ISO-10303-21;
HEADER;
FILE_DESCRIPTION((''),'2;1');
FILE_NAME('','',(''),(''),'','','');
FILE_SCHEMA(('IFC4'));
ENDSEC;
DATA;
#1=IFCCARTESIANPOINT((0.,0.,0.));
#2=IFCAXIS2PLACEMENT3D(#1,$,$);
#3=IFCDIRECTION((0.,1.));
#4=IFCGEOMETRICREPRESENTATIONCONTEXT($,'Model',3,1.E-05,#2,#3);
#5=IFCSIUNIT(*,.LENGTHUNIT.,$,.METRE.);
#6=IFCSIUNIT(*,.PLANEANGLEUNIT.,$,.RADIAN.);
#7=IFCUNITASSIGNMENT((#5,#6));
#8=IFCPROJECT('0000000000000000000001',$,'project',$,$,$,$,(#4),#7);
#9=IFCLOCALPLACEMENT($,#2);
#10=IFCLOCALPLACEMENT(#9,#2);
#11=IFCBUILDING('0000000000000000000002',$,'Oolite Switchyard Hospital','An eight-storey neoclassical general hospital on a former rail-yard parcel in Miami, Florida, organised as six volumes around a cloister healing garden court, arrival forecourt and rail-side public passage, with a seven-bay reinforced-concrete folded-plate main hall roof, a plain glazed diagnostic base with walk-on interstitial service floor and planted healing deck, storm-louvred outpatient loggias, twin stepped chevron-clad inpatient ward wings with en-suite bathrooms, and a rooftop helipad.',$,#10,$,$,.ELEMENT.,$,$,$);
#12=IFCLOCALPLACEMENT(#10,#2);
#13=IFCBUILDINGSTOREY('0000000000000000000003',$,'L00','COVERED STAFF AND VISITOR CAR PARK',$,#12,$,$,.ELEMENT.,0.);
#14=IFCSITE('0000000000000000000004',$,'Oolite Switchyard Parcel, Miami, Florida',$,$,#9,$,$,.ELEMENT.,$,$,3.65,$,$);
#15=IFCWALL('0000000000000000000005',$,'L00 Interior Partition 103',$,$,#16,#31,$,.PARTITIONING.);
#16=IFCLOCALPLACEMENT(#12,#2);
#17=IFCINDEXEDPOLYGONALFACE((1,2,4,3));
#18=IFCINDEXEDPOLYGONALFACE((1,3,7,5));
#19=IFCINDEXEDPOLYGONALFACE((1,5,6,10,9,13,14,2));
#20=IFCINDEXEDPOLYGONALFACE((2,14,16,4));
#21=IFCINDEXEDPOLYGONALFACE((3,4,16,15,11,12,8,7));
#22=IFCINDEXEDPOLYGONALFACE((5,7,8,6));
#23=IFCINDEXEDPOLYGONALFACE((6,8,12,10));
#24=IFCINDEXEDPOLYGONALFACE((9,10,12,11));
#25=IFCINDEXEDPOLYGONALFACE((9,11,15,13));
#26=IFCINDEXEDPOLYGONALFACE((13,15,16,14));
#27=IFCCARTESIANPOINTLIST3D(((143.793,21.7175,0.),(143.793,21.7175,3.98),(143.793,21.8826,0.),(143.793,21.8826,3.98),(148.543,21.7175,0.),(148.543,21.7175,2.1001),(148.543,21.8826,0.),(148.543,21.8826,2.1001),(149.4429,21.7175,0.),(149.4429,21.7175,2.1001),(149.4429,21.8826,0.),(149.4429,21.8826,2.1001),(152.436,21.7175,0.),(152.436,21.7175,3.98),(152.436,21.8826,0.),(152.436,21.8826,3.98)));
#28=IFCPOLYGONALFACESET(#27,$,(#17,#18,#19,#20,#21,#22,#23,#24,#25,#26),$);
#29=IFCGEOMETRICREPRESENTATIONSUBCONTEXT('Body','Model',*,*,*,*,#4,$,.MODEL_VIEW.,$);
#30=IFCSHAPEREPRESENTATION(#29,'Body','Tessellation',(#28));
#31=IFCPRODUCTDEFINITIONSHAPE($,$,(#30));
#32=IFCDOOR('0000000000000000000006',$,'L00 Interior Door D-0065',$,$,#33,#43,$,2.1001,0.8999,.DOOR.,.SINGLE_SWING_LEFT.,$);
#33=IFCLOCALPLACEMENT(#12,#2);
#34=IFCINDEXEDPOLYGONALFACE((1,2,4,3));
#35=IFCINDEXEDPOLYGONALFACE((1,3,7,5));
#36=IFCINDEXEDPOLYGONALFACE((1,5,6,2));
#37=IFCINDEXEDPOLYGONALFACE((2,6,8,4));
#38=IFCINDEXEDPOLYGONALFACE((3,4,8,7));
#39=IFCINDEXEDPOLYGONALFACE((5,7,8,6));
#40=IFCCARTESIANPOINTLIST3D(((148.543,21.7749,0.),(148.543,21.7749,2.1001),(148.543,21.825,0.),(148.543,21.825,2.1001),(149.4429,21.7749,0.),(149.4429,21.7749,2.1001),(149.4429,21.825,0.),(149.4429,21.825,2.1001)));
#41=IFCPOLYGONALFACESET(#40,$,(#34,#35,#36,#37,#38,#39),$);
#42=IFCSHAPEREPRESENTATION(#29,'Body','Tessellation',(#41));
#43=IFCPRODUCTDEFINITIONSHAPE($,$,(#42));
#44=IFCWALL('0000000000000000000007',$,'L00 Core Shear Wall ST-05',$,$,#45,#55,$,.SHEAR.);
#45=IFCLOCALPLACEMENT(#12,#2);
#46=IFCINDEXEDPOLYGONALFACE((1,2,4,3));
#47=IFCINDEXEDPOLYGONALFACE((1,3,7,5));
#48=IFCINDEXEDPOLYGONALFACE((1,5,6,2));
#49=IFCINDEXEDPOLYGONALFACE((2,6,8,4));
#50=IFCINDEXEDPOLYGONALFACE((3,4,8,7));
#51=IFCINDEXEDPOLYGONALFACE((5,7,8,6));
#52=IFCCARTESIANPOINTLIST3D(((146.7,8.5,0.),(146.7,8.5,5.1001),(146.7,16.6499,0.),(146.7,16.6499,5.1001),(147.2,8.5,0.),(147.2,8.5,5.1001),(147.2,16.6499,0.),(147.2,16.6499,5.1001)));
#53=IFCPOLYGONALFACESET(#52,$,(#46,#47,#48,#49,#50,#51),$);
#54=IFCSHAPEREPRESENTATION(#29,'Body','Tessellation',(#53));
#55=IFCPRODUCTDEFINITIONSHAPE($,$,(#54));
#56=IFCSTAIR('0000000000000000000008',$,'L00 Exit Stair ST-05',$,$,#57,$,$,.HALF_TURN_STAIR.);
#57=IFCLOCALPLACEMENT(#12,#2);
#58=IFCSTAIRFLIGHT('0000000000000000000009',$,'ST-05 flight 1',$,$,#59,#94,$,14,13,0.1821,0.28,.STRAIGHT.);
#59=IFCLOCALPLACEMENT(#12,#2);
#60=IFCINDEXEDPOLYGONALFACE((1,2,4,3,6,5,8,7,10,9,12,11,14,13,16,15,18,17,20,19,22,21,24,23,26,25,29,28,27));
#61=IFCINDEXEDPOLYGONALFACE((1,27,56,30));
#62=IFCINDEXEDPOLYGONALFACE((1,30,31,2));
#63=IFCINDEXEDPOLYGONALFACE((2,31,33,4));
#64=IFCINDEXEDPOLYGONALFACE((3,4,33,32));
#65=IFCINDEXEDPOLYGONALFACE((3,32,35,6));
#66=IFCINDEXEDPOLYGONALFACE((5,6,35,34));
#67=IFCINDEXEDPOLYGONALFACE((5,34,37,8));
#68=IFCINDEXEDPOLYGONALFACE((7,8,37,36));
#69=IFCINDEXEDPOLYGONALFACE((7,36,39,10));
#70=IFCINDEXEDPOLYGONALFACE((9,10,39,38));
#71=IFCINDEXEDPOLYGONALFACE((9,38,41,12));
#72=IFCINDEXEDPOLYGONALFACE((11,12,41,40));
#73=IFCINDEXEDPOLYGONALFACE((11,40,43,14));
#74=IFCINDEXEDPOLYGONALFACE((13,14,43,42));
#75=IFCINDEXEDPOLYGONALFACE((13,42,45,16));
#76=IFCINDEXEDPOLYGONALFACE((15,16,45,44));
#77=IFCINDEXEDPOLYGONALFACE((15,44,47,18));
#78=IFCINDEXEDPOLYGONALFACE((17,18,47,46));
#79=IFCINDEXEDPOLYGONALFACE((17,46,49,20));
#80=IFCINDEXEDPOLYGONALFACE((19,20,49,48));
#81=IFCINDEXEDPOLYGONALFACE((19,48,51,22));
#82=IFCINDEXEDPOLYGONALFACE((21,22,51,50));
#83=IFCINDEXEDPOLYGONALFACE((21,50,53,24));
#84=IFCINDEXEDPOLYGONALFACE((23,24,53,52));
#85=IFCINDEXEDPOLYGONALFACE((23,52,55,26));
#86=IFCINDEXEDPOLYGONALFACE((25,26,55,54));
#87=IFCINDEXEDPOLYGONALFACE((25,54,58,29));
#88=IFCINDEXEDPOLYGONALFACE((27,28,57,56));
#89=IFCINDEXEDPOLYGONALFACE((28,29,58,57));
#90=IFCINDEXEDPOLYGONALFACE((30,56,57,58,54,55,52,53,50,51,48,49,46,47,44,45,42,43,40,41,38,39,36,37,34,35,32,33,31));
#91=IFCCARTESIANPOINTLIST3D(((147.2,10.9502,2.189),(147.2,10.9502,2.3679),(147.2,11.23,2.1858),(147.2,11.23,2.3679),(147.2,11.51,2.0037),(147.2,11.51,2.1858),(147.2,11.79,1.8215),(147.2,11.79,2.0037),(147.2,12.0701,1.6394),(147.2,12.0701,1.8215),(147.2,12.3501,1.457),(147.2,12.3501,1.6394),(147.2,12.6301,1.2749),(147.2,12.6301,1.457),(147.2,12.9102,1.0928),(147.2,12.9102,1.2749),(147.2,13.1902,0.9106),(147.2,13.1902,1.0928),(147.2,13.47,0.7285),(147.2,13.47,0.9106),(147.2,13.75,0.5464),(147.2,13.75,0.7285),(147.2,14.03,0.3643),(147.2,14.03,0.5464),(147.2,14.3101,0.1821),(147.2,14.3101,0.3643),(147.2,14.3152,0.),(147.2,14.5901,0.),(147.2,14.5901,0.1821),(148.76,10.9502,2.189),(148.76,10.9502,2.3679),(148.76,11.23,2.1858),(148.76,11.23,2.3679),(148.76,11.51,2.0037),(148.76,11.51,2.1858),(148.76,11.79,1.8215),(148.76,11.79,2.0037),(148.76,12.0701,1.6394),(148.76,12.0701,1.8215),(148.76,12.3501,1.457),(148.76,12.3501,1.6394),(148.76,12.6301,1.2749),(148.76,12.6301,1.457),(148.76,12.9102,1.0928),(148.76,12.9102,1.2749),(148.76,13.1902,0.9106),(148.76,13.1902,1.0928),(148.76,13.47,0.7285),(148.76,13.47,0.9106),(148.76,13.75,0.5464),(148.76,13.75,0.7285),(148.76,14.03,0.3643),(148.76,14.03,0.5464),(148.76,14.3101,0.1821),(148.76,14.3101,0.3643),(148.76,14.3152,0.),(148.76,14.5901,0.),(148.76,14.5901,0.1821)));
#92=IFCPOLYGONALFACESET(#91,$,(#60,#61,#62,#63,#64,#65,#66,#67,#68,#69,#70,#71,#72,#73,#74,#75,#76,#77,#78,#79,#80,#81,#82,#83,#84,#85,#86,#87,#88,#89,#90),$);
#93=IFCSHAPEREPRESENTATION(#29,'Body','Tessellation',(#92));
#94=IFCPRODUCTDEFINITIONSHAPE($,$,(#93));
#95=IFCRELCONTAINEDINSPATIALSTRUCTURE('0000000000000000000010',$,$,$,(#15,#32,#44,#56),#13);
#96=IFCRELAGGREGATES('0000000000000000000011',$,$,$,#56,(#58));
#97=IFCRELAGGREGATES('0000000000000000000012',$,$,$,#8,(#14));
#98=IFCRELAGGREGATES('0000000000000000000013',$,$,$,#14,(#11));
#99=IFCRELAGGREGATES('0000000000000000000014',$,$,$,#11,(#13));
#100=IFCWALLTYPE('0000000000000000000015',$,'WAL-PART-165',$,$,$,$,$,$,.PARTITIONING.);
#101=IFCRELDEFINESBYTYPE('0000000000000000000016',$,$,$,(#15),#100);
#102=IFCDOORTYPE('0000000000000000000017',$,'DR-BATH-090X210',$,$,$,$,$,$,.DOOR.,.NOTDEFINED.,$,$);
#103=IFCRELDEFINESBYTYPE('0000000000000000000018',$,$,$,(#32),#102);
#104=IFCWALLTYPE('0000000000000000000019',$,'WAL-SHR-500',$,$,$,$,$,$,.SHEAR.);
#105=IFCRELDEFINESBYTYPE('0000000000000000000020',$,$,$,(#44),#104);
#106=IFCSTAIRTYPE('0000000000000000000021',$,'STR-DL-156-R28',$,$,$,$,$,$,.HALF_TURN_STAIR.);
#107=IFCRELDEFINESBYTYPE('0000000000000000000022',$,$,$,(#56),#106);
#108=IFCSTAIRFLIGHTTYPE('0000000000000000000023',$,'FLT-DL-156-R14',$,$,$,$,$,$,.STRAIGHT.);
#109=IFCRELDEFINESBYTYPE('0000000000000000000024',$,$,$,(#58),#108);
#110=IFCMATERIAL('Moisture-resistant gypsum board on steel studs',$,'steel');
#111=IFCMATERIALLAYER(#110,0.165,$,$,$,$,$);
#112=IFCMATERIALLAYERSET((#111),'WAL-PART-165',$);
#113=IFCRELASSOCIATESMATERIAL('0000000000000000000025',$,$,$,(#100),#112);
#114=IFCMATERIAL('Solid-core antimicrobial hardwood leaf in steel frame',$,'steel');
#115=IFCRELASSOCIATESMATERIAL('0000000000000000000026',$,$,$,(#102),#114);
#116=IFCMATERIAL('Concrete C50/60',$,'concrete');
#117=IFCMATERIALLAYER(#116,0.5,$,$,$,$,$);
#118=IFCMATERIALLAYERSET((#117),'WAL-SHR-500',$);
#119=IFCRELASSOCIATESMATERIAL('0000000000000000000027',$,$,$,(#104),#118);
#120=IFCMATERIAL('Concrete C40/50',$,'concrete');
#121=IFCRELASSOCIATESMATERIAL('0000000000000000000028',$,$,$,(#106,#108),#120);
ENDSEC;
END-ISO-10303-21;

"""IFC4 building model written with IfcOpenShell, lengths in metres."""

from ifc_helpers import new_model, si_unit, direction, frame, frame_2d, origin, place, context, subcontext, project, spatial, polyline, rectangle, outline, extrude, material, layer, layer_set, type_object, element, fill, aggregate, save


model = new_model("IFC4")

# Units and contexts
model_context = context("Model", 3, precision=1e-05, world=origin(), true_north=direction((0.0, 1.0)))
body_context = subcontext(model_context, "Body", "Model", "MODEL_VIEW")
ifc_project = project(units=[si_unit("LENGTHUNIT", "METRE"), si_unit("PLANEANGLEUNIT", "RADIAN")], contexts=[model_context])

# Site, building, storey
site_placement = place(None, origin())
site = spatial("IfcSite", under=ifc_project, at=site_placement, Name="Oolite Switchyard Parcel, Miami, Florida", CompositionType="ELEMENT", RefElevation=3.65)
building_placement = place(site_placement, origin())
building = spatial("IfcBuilding", under=site, at=building_placement, Name="Oolite Switchyard Hospital", Description="An eight-storey neoclassical general hospital on a former rail-yard parcel in Miami, Florida, organised as six volumes around a cloister healing garden court, arrival forecourt and rail-side public passage, with a seven-bay reinforced-concrete folded-plate main hall roof, a plain glazed diagnostic base with walk-on interstitial service floor and planted healing deck, storm-louvred outpatient loggias, twin stepped chevron-clad inpatient ward wings with en-suite bathrooms, and a rooftop helipad.", CompositionType="ELEMENT")
storey_placement = place(building_placement, origin())
storey = spatial("IfcBuildingStorey", under=building, at=storey_placement, Name="L00", Description="COVERED STAFF AND VISITOR CAR PARK", CompositionType="ELEMENT", Elevation=0.0)

# Shared definitions
ifc_material_1 = material(Name="Concrete C40/50", Category="concrete")

# Shared definitions
ifc_material_2 = material(Name="Concrete C50/60", Category="concrete")

# Wall, opening, door
ifc_material_3 = material(Name="Moisture-resistant gypsum board on steel studs", Category="steel")
ifc_layer_1 = layer(ifc_material_3, 0.165)
ifc_layer_set_1 = layer_set([ifc_layer_1], Name="WAL-PART-165")
wall_type_1 = type_object("IfcWallType", Name="WAL-PART-165", PredefinedType="PARTITIONING", material=ifc_layer_set_1)
wall_1_placement = place(storey_placement, frame((143.793, 21.8, 0.0), z_axis=(0.0, 0.0, 1.0), x_axis=(1.0, 0.0, 0.0)))
wall_1 = element("IfcWall", 1, at=wall_1_placement, inside=storey, type_object=wall_type_1, Name="L00 Interior Partition 103", PredefinedType="PARTITIONING", context=body_context, shape_type="SweptSolid", body=[
    extrude(rectangle(XDim=8.6431, YDim=0.165, at=frame_2d((4.3215, 0.0))), origin(), (0.0, 0.0, 1.0), 3.98),
])
opening_placement = place(wall_1_placement, frame((4.75, 0.0, 0.0)))
opening = element("IfcOpeningElement", 2, at=opening_placement, cuts=wall_1, PredefinedType="OPENING", context=body_context, shape_type="SweptSolid", body=[
    extrude(rectangle(XDim=0.8999, YDim=2.1001, at=frame_2d((0.45, 1.05))), frame((0.0, 0.0925, 0.0), z_axis=(0.0, -1.0, 0.0), x_axis=(1.0, 0.0, 0.0)), (0.0, 0.0, 1.0), 0.1851),
])
ifc_material_4 = material(Name="Solid-core antimicrobial hardwood leaf in steel frame", Category="steel")
door_type = type_object("IfcDoorType", Name="DR-BATH-090X210", OperationType="NOTDEFINED", PredefinedType="DOOR", material=ifc_material_4)
door_placement = place(opening_placement, origin())
door = element("IfcDoor", 3, at=door_placement, inside=storey, type_object=door_type, Name="L00 Interior Door D-0065", OperationType="SINGLE_SWING_LEFT", OverallHeight=2.1001, OverallWidth=0.8999, PredefinedType="DOOR", context=body_context, shape_type="SweptSolid", body=[
    extrude(rectangle(XDim=0.8999, YDim=2.1001, at=frame_2d((0.45, 1.05))), frame((0.0, 0.0249, 0.0), z_axis=(0.0, -1.0, 0.0), x_axis=(1.0, 0.0, 0.0)), (0.0, 0.0, 1.0), 0.05),
])
fill(opening, door)

# Wall
ifc_layer_2 = layer(ifc_material_2, 0.5)
ifc_layer_set_2 = layer_set([ifc_layer_2], Name="WAL-SHR-500")
wall_type_2 = type_object("IfcWallType", Name="WAL-SHR-500", PredefinedType="SHEAR", material=ifc_layer_set_2)
wall_2_placement = place(storey_placement, frame((146.95, 16.6499, 0.0), z_axis=(0.0, 0.0, 1.0), x_axis=(0.0, -1.0, 0.0)))
element("IfcWall", 4, at=wall_2_placement, inside=storey, type_object=wall_type_2, Name="L00 Core Shear Wall ST-05", PredefinedType="SHEAR", context=body_context, shape_type="SweptSolid", body=[
    extrude(rectangle(XDim=8.1499, YDim=0.5, at=frame_2d((4.075, 0.0))), origin(), (0.0, 0.0, 1.0), 5.1001),
])

# Stair, stair flight
stair_type = type_object("IfcStairType", Name="STR-DL-156-R28", PredefinedType="HALF_TURN_STAIR", material=ifc_material_1)
stair_placement = place(storey_placement, origin())
stair = element("IfcStair", 5, at=stair_placement, inside=storey, type_object=stair_type, Name="L00 Exit Stair ST-05", PredefinedType="HALF_TURN_STAIR")
stair_flight_type = type_object("IfcStairFlightType", Name="FLT-DL-156-R14", PredefinedType="STRAIGHT", material=ifc_material_1)
stair_flight_placement = place(storey_placement, frame((147.98, 14.5901, 0.0), z_axis=(0.0, 0.0, 1.0), x_axis=(0.0, -1.0, 0.0)))
stair_flight = element("IfcStairFlight", 6, at=stair_flight_placement, type_object=stair_flight_type, Name="ST-05 flight 1", NumberOfRisers=14, NumberOfTreads=13, PredefinedType="STRAIGHT", RiserHeight=0.1821, TreadLength=0.28, context=body_context, shape_type="SweptSolid", body=[
    extrude(outline(polyline([(0.0, 0.0), (0.0, 0.1821), (0.28, 0.1821), (0.28, 0.3643), (0.5601, 0.3643), (0.5601, 0.5464), (0.8401, 0.5464), (0.8401, 0.7285), (1.1201, 0.7285), (1.1201, 0.9106), (1.3999, 0.9106), (1.3999, 1.0928), (1.6799, 1.0928), (1.6799, 1.2749), (1.96, 1.2749), (1.96, 1.457), (2.24, 1.457), (2.24, 1.6394), (2.52, 1.6394), (2.52, 1.8215), (2.8, 1.8215), (2.8, 2.0037), (3.0801, 2.0037), (3.0801, 2.1858), (3.3601, 2.1858), (3.3601, 2.3679), (3.6399, 2.3679), (3.6399, 2.55), (3.6399, 2.189), (0.2749, 0.0), (0.0, 0.0)])), frame((0.0, 0.78, 0.0), z_axis=(0.0, -1.0, 0.0), x_axis=(1.0, 0.0, 0.0)), (0.0, 0.0, 1.0), 1.5601),
])
aggregate(stair, [stair_flight])

save(model, "model.ifc")
